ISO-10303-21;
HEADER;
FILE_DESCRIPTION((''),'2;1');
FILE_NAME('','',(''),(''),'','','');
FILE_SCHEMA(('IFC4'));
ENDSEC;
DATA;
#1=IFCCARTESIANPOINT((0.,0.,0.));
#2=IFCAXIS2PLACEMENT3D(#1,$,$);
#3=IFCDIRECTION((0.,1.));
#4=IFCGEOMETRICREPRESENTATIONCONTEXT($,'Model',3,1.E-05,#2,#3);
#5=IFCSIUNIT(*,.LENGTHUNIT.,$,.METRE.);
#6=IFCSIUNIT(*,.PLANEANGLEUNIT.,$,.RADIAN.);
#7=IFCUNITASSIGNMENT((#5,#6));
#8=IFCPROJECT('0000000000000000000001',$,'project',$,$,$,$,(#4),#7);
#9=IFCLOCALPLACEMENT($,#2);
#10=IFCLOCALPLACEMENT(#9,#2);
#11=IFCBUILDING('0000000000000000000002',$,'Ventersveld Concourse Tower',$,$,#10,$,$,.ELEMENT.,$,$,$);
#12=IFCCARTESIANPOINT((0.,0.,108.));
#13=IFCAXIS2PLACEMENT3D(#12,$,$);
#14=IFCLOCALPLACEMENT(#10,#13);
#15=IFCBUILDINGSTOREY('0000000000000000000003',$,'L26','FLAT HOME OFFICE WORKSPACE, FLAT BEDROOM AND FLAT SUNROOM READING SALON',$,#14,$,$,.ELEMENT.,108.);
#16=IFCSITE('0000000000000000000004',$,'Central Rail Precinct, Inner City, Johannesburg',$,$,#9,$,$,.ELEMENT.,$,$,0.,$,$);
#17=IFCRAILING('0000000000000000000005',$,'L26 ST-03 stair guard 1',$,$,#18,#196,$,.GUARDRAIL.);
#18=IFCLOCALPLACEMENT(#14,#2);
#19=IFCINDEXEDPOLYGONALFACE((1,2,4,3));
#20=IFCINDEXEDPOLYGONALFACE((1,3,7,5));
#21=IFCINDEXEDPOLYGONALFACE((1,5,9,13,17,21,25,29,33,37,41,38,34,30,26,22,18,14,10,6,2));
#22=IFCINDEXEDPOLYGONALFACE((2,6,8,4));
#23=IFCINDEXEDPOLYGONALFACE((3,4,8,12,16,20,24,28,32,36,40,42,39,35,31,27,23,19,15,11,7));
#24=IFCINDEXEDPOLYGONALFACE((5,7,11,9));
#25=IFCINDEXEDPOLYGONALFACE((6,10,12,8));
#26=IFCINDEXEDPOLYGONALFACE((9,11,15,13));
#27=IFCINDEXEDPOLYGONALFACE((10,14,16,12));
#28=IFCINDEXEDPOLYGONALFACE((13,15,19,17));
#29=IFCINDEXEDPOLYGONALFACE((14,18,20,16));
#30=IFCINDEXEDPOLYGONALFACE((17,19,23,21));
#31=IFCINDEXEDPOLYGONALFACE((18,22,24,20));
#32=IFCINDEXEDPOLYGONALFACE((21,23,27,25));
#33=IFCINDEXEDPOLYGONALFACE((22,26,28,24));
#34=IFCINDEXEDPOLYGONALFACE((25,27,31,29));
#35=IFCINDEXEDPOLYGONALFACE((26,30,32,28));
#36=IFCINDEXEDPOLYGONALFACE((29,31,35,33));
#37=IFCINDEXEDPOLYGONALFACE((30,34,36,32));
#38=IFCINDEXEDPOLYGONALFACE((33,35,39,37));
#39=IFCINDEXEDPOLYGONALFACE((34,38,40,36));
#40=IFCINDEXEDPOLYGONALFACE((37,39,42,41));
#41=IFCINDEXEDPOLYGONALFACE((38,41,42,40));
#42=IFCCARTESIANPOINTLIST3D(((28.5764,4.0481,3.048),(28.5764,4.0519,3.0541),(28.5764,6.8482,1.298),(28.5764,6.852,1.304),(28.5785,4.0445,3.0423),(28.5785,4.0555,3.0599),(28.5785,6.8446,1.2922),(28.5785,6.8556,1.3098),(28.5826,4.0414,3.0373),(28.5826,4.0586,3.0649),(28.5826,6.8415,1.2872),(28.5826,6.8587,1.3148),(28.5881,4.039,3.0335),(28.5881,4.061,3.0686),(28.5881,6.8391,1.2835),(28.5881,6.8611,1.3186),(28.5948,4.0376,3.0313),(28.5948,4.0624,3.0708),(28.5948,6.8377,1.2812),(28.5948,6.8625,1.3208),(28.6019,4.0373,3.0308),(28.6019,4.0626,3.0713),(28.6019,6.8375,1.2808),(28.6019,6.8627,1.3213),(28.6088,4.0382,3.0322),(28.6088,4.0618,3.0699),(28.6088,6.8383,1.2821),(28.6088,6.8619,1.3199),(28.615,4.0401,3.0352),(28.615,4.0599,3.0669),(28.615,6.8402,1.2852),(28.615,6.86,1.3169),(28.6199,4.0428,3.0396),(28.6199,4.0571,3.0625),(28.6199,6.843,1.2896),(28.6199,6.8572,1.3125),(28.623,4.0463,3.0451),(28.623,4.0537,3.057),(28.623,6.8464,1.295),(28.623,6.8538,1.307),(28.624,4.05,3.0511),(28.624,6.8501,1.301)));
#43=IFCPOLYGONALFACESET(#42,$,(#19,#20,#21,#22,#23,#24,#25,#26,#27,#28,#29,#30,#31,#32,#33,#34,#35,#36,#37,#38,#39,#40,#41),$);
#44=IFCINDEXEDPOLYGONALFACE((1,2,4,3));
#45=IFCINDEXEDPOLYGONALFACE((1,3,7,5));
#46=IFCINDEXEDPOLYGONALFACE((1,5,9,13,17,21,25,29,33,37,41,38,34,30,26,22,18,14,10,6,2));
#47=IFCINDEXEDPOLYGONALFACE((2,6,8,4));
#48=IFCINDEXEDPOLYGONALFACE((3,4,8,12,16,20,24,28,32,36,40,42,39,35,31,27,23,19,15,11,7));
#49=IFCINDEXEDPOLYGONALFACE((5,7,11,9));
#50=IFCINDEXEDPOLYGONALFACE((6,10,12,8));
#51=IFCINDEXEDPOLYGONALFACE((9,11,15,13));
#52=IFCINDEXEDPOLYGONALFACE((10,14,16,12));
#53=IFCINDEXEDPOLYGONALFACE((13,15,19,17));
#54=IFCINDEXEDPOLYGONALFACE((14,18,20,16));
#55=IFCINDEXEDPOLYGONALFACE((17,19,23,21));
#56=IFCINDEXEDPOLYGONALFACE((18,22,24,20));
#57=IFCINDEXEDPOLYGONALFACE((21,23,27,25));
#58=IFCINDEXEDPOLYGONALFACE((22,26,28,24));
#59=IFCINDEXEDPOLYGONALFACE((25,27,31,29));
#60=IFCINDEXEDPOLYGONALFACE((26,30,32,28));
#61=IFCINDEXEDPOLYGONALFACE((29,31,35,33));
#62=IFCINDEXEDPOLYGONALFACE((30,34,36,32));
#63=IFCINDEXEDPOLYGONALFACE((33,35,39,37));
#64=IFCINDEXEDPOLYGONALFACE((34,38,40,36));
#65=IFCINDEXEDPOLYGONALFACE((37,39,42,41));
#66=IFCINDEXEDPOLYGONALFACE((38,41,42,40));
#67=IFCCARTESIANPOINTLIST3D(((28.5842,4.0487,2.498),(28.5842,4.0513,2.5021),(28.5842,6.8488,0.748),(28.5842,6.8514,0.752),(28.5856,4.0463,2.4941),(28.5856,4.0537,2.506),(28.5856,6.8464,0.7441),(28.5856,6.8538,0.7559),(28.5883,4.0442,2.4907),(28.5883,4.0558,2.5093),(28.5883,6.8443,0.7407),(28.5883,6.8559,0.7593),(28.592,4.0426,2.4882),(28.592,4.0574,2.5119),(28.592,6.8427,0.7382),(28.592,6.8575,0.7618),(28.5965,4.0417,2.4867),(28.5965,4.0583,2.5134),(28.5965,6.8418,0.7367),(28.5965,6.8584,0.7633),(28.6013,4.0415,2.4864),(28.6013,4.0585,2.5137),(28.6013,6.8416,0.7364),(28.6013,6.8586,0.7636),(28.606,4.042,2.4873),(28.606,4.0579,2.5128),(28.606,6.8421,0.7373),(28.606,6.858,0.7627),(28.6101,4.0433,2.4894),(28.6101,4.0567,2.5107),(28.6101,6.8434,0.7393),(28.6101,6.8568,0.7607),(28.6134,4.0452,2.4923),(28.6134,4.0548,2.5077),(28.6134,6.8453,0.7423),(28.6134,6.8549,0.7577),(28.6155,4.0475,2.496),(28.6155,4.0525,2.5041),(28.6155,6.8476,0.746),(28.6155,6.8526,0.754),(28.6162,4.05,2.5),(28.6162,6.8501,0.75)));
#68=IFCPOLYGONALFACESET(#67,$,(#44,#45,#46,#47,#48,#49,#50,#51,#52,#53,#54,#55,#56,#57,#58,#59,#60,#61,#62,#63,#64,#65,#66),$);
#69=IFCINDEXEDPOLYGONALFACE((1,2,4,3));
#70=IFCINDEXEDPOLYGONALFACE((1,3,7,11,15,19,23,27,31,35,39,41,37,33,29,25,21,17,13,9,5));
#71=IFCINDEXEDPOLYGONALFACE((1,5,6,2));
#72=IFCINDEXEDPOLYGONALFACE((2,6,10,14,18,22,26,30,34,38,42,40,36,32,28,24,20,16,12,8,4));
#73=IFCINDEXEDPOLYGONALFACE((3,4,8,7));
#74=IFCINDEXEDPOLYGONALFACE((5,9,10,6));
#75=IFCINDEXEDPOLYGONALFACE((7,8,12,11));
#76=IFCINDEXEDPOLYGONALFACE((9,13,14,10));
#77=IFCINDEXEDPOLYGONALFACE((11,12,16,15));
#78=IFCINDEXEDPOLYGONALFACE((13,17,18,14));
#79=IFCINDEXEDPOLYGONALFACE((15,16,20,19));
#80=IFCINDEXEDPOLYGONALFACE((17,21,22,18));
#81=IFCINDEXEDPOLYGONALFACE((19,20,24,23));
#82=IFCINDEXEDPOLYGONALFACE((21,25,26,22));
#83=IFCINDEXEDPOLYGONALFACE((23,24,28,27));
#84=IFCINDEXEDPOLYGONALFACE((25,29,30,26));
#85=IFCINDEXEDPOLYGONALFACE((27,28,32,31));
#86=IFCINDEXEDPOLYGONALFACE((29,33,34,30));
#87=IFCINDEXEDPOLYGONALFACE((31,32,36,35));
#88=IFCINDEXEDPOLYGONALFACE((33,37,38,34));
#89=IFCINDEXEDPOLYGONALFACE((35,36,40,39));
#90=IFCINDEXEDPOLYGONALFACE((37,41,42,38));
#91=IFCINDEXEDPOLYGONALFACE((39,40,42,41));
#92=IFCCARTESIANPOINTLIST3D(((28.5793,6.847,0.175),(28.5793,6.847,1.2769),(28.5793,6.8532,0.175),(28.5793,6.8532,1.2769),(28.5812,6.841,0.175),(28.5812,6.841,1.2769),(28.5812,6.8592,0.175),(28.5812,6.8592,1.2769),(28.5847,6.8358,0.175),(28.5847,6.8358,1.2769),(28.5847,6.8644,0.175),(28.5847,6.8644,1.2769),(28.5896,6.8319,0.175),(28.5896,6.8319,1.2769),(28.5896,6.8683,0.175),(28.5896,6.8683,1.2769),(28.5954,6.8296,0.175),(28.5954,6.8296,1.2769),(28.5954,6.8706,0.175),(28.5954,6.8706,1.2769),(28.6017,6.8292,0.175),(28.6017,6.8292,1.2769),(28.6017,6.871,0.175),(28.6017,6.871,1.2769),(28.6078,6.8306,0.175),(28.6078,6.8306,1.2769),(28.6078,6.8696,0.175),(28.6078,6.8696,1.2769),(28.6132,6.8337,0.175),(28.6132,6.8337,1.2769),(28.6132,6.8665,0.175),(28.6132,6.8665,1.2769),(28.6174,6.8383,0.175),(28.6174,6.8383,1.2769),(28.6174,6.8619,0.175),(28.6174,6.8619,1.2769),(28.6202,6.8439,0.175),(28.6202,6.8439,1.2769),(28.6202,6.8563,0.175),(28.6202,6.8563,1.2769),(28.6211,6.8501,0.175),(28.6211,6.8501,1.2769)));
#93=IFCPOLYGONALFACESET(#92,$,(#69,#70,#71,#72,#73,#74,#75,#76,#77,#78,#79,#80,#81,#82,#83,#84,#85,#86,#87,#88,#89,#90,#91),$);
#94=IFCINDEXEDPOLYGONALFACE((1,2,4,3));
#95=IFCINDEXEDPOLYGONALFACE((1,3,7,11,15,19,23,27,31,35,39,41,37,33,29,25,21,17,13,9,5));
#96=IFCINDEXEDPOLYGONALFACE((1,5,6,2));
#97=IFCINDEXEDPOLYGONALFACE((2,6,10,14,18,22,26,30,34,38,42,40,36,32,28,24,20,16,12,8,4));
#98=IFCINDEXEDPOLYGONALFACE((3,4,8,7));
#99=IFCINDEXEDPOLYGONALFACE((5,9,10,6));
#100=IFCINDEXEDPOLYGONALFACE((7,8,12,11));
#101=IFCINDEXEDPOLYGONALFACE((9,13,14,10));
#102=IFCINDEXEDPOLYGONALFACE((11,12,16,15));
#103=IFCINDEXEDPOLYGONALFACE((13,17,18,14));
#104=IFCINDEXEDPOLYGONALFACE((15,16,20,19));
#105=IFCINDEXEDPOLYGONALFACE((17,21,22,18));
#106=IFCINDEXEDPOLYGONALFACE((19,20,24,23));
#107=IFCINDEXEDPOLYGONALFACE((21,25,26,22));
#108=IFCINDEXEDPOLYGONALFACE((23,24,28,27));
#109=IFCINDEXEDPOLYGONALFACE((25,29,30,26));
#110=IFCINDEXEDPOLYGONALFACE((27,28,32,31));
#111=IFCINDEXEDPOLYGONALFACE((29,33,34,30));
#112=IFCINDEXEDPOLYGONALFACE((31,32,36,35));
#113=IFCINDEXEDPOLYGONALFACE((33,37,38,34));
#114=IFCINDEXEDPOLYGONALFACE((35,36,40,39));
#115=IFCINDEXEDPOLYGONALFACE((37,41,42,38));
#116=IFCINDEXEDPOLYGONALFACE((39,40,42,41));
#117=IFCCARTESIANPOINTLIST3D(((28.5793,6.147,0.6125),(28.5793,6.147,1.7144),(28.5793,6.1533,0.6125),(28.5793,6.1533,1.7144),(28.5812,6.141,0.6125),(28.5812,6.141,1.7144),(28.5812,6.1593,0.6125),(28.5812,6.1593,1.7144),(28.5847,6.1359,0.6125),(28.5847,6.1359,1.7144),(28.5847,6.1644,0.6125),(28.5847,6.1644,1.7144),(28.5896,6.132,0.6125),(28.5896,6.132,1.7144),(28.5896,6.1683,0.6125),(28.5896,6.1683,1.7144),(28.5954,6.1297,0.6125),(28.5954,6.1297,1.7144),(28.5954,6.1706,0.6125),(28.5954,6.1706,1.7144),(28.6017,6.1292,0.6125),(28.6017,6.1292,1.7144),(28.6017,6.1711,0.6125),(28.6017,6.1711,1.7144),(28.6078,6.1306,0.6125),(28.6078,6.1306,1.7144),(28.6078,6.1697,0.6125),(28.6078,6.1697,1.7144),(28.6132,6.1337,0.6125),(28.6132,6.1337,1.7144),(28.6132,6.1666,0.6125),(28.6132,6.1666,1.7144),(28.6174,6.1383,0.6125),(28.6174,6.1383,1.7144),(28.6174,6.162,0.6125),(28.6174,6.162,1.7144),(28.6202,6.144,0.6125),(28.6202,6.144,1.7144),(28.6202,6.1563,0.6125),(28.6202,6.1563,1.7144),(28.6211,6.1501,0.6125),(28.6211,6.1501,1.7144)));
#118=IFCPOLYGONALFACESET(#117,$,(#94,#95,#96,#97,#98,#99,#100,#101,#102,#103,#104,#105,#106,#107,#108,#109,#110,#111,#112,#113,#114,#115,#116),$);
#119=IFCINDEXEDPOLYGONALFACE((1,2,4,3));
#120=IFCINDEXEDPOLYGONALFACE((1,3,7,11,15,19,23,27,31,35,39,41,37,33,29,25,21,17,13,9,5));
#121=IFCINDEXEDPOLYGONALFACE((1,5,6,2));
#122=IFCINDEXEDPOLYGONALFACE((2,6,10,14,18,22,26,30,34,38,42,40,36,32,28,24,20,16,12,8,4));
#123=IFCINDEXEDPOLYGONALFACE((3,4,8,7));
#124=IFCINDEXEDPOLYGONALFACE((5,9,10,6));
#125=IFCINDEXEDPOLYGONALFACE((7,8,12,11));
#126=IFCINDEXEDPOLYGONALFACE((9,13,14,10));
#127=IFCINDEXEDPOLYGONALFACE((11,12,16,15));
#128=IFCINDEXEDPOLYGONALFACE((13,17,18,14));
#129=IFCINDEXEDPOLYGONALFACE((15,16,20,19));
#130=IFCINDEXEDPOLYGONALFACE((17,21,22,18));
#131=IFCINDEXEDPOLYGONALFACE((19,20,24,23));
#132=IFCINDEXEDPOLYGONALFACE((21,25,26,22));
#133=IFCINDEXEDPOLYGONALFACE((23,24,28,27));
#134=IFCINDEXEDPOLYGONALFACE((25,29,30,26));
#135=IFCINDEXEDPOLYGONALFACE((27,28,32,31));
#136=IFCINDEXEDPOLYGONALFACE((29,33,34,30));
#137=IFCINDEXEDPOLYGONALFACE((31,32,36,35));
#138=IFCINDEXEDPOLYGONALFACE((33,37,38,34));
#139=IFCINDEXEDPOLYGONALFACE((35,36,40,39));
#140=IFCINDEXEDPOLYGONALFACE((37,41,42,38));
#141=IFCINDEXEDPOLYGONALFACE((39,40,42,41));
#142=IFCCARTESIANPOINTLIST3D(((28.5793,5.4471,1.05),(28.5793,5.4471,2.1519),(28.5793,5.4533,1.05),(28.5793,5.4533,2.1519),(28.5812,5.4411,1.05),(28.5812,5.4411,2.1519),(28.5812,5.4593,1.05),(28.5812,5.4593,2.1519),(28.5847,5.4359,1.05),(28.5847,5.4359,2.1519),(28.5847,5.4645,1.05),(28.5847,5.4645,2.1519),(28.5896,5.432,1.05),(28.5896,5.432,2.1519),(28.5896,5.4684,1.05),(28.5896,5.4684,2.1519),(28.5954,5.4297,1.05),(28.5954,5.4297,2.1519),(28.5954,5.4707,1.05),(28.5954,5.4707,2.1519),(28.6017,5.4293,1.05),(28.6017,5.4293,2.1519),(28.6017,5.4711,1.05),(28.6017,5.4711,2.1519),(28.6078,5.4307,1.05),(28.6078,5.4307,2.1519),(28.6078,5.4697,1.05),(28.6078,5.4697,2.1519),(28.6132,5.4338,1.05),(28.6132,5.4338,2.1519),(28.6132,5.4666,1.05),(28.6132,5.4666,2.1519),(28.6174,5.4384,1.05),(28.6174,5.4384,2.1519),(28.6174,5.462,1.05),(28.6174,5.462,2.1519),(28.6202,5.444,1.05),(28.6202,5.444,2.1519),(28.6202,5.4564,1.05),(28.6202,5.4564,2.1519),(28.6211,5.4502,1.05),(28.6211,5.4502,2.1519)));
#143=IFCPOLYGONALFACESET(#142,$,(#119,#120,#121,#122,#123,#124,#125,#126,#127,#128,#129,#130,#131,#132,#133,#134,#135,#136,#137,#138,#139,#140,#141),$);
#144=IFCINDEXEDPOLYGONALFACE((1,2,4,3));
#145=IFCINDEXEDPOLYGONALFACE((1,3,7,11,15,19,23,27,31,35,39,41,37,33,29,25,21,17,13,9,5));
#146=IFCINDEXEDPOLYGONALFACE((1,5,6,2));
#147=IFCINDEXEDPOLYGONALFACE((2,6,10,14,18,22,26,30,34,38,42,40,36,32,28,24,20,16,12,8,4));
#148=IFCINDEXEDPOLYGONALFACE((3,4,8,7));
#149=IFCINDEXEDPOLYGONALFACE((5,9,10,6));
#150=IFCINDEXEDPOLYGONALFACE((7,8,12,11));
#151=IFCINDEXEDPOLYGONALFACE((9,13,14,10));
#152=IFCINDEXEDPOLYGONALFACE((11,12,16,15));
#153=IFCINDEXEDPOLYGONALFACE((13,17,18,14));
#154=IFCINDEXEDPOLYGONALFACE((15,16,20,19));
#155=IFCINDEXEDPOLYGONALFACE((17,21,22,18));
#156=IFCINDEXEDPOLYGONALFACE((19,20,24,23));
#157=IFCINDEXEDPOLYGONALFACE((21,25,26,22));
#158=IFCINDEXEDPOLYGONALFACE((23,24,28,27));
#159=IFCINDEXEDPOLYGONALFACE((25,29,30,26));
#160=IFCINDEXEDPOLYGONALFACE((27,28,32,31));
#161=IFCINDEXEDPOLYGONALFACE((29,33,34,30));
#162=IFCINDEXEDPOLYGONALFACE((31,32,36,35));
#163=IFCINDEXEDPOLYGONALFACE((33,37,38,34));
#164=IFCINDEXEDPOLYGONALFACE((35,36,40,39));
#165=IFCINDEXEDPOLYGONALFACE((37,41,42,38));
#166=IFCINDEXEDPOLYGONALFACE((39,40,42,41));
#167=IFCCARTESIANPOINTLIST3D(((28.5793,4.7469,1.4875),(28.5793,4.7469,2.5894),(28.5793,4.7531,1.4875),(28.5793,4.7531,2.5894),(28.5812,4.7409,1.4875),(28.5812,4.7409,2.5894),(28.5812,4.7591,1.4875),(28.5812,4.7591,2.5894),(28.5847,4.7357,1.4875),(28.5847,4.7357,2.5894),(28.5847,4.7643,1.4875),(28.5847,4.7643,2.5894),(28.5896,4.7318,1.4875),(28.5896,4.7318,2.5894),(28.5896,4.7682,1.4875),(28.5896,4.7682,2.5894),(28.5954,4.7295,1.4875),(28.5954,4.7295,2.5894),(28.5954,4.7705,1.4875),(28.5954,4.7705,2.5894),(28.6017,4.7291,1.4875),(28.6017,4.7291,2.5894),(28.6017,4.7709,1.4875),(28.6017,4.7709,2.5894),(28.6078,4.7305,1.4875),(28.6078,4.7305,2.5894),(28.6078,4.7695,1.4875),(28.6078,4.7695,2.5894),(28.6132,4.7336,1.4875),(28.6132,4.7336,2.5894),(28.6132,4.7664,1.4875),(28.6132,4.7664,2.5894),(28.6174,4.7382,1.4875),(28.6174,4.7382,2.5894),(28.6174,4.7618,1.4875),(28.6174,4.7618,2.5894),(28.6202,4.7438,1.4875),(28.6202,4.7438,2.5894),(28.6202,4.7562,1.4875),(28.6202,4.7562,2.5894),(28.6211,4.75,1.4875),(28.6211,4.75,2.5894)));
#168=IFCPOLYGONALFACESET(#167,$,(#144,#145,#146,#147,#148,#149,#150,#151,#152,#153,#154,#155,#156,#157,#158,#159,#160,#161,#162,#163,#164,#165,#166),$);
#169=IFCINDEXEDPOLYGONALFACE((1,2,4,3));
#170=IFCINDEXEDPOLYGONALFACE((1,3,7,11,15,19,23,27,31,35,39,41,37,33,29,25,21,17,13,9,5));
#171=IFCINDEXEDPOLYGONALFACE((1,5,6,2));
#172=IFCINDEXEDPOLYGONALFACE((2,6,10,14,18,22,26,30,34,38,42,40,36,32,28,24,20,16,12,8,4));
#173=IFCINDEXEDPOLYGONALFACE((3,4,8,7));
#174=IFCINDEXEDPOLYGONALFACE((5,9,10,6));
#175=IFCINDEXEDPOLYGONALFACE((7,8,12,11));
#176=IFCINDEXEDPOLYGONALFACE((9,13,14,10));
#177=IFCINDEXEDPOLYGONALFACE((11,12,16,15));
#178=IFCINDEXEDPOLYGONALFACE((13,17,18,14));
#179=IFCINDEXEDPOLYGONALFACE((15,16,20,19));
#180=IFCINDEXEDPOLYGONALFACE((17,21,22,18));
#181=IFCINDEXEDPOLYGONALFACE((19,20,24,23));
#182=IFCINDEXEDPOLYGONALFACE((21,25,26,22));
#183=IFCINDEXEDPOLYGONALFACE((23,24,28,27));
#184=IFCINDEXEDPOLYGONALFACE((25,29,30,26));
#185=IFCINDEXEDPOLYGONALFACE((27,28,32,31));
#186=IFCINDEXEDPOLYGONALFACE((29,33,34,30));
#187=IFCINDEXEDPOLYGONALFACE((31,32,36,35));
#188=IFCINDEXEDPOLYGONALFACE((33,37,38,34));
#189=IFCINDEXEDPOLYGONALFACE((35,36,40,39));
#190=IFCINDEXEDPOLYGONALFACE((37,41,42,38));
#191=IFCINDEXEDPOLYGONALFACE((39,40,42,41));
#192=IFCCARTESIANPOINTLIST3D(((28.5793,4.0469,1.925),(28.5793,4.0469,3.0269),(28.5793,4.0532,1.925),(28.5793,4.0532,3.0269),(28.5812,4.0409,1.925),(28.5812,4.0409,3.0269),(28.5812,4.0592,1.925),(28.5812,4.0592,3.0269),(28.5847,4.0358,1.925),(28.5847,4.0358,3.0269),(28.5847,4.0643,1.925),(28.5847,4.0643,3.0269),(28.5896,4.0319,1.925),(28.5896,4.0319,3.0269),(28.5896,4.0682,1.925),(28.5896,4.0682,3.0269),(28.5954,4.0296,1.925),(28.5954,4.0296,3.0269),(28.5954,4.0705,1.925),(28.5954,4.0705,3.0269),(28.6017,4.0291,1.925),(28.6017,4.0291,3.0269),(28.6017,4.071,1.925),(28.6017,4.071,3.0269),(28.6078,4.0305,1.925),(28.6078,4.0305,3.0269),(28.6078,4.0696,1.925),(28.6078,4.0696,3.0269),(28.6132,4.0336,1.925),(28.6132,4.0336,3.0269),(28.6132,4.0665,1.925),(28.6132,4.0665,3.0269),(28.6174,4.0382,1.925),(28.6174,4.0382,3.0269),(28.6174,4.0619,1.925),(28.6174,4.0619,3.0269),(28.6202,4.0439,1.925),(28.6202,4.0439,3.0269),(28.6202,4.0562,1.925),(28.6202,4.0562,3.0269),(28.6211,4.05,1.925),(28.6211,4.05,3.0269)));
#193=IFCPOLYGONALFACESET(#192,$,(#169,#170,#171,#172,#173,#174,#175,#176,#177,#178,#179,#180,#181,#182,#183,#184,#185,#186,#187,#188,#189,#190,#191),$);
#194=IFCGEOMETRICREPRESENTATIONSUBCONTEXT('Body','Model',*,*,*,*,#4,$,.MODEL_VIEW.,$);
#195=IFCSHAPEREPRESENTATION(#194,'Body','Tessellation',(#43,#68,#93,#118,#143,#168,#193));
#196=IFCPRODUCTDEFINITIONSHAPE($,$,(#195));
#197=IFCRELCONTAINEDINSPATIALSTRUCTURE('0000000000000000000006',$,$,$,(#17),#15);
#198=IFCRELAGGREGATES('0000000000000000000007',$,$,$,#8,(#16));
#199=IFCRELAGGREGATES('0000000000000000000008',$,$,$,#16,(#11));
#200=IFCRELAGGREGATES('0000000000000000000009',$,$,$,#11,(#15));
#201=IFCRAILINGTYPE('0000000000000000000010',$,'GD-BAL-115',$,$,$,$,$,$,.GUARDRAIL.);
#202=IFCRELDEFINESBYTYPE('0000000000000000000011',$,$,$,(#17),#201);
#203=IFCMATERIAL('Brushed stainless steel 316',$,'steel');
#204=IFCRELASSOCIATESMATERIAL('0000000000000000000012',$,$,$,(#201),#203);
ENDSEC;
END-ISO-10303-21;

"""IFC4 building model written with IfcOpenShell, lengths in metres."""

from ifc_helpers import new_model, si_unit, direction, frame, origin, origin_2d, place, context, subcontext, project, spatial, circle, extrude, material, type_object, element, save


model = new_model("IFC4")

# Units and contexts
model_context = context("Model", 3, precision=1e-05, world=origin(), true_north=direction((0.0, 1.0)))
body_context = subcontext(model_context, "Body", "Model", "MODEL_VIEW")
ifc_project = project(units=[si_unit("LENGTHUNIT", "METRE"), si_unit("PLANEANGLEUNIT", "RADIAN")], contexts=[model_context])

# Site, building, storey
site_placement = place(None, origin())
site = spatial("IfcSite", under=ifc_project, at=site_placement, Name="Central Rail Precinct, Inner City, Johannesburg", CompositionType="ELEMENT", RefElevation=0.0)
building_placement = place(site_placement, origin())
building = spatial("IfcBuilding", under=site, at=building_placement, Name="Ventersveld Concourse Tower", CompositionType="ELEMENT")
storey_placement = place(building_placement, frame((0.0, 0.0, 108.0)))
storey = spatial("IfcBuildingStorey", under=building, at=storey_placement, Name="L26", Description="FLAT HOME OFFICE WORKSPACE, FLAT BEDROOM AND FLAT SUNROOM READING SALON", CompositionType="ELEMENT", Elevation=108.0)

# Shared definitions
ifc_material_1 = material(Name="Brushed stainless steel 316", Category="steel")

# Railing
railing_type = type_object("IfcRailingType", Name="GD-BAL-115", PredefinedType="GUARDRAIL", material=ifc_material_1)
railing_1_placement = place(storey_placement, frame((28.6001, 6.8501, 0.175)))
element("IfcRailing", 1, at=railing_1_placement, inside=storey, type_object=railing_type, Name="L26 ST-03 stair guard 1", PredefinedType="GUARDRAIL", context=body_context, shape_type="SweptSolid", body=[
    extrude(circle(Radius=0.0239, at=origin_2d()), frame((0.0, 0.0, 1.126), z_axis=(0.0, -0.848002, 0.529992), x_axis=(1.0, 0.0, 0.0)), (0.0, 0.0, 1.0), 3.302),
    extrude(circle(Radius=0.0161, at=origin_2d()), frame((0.0, 0.0, 0.575), z_axis=(0.0, -0.848002, 0.529992), x_axis=(1.0, 0.0, 0.0)), (0.0, 0.0, 1.0), 3.302),
    extrude(circle(Radius=0.021, at=origin_2d()), origin(), (0.0, 0.0, 1.0), 1.1018),
    extrude(circle(Radius=0.021, at=origin_2d()), frame((0.0, -0.7, 0.4375)), (0.0, 0.0, 1.0), 1.1018),
    extrude(circle(Radius=0.021, at=origin_2d()), frame((0.0, -1.3999, 0.875)), (0.0, 0.0, 1.0), 1.1018),
    extrude(circle(Radius=0.021, at=origin_2d()), frame((0.0, -2.1001, 1.3125)), (0.0, 0.0, 1.0), 1.1018),
    extrude(circle(Radius=0.021, at=origin_2d()), frame((0.0, -2.8, 1.75)), (0.0, 0.0, 1.0), 1.1018),
])

save(model, "model.ifc")
